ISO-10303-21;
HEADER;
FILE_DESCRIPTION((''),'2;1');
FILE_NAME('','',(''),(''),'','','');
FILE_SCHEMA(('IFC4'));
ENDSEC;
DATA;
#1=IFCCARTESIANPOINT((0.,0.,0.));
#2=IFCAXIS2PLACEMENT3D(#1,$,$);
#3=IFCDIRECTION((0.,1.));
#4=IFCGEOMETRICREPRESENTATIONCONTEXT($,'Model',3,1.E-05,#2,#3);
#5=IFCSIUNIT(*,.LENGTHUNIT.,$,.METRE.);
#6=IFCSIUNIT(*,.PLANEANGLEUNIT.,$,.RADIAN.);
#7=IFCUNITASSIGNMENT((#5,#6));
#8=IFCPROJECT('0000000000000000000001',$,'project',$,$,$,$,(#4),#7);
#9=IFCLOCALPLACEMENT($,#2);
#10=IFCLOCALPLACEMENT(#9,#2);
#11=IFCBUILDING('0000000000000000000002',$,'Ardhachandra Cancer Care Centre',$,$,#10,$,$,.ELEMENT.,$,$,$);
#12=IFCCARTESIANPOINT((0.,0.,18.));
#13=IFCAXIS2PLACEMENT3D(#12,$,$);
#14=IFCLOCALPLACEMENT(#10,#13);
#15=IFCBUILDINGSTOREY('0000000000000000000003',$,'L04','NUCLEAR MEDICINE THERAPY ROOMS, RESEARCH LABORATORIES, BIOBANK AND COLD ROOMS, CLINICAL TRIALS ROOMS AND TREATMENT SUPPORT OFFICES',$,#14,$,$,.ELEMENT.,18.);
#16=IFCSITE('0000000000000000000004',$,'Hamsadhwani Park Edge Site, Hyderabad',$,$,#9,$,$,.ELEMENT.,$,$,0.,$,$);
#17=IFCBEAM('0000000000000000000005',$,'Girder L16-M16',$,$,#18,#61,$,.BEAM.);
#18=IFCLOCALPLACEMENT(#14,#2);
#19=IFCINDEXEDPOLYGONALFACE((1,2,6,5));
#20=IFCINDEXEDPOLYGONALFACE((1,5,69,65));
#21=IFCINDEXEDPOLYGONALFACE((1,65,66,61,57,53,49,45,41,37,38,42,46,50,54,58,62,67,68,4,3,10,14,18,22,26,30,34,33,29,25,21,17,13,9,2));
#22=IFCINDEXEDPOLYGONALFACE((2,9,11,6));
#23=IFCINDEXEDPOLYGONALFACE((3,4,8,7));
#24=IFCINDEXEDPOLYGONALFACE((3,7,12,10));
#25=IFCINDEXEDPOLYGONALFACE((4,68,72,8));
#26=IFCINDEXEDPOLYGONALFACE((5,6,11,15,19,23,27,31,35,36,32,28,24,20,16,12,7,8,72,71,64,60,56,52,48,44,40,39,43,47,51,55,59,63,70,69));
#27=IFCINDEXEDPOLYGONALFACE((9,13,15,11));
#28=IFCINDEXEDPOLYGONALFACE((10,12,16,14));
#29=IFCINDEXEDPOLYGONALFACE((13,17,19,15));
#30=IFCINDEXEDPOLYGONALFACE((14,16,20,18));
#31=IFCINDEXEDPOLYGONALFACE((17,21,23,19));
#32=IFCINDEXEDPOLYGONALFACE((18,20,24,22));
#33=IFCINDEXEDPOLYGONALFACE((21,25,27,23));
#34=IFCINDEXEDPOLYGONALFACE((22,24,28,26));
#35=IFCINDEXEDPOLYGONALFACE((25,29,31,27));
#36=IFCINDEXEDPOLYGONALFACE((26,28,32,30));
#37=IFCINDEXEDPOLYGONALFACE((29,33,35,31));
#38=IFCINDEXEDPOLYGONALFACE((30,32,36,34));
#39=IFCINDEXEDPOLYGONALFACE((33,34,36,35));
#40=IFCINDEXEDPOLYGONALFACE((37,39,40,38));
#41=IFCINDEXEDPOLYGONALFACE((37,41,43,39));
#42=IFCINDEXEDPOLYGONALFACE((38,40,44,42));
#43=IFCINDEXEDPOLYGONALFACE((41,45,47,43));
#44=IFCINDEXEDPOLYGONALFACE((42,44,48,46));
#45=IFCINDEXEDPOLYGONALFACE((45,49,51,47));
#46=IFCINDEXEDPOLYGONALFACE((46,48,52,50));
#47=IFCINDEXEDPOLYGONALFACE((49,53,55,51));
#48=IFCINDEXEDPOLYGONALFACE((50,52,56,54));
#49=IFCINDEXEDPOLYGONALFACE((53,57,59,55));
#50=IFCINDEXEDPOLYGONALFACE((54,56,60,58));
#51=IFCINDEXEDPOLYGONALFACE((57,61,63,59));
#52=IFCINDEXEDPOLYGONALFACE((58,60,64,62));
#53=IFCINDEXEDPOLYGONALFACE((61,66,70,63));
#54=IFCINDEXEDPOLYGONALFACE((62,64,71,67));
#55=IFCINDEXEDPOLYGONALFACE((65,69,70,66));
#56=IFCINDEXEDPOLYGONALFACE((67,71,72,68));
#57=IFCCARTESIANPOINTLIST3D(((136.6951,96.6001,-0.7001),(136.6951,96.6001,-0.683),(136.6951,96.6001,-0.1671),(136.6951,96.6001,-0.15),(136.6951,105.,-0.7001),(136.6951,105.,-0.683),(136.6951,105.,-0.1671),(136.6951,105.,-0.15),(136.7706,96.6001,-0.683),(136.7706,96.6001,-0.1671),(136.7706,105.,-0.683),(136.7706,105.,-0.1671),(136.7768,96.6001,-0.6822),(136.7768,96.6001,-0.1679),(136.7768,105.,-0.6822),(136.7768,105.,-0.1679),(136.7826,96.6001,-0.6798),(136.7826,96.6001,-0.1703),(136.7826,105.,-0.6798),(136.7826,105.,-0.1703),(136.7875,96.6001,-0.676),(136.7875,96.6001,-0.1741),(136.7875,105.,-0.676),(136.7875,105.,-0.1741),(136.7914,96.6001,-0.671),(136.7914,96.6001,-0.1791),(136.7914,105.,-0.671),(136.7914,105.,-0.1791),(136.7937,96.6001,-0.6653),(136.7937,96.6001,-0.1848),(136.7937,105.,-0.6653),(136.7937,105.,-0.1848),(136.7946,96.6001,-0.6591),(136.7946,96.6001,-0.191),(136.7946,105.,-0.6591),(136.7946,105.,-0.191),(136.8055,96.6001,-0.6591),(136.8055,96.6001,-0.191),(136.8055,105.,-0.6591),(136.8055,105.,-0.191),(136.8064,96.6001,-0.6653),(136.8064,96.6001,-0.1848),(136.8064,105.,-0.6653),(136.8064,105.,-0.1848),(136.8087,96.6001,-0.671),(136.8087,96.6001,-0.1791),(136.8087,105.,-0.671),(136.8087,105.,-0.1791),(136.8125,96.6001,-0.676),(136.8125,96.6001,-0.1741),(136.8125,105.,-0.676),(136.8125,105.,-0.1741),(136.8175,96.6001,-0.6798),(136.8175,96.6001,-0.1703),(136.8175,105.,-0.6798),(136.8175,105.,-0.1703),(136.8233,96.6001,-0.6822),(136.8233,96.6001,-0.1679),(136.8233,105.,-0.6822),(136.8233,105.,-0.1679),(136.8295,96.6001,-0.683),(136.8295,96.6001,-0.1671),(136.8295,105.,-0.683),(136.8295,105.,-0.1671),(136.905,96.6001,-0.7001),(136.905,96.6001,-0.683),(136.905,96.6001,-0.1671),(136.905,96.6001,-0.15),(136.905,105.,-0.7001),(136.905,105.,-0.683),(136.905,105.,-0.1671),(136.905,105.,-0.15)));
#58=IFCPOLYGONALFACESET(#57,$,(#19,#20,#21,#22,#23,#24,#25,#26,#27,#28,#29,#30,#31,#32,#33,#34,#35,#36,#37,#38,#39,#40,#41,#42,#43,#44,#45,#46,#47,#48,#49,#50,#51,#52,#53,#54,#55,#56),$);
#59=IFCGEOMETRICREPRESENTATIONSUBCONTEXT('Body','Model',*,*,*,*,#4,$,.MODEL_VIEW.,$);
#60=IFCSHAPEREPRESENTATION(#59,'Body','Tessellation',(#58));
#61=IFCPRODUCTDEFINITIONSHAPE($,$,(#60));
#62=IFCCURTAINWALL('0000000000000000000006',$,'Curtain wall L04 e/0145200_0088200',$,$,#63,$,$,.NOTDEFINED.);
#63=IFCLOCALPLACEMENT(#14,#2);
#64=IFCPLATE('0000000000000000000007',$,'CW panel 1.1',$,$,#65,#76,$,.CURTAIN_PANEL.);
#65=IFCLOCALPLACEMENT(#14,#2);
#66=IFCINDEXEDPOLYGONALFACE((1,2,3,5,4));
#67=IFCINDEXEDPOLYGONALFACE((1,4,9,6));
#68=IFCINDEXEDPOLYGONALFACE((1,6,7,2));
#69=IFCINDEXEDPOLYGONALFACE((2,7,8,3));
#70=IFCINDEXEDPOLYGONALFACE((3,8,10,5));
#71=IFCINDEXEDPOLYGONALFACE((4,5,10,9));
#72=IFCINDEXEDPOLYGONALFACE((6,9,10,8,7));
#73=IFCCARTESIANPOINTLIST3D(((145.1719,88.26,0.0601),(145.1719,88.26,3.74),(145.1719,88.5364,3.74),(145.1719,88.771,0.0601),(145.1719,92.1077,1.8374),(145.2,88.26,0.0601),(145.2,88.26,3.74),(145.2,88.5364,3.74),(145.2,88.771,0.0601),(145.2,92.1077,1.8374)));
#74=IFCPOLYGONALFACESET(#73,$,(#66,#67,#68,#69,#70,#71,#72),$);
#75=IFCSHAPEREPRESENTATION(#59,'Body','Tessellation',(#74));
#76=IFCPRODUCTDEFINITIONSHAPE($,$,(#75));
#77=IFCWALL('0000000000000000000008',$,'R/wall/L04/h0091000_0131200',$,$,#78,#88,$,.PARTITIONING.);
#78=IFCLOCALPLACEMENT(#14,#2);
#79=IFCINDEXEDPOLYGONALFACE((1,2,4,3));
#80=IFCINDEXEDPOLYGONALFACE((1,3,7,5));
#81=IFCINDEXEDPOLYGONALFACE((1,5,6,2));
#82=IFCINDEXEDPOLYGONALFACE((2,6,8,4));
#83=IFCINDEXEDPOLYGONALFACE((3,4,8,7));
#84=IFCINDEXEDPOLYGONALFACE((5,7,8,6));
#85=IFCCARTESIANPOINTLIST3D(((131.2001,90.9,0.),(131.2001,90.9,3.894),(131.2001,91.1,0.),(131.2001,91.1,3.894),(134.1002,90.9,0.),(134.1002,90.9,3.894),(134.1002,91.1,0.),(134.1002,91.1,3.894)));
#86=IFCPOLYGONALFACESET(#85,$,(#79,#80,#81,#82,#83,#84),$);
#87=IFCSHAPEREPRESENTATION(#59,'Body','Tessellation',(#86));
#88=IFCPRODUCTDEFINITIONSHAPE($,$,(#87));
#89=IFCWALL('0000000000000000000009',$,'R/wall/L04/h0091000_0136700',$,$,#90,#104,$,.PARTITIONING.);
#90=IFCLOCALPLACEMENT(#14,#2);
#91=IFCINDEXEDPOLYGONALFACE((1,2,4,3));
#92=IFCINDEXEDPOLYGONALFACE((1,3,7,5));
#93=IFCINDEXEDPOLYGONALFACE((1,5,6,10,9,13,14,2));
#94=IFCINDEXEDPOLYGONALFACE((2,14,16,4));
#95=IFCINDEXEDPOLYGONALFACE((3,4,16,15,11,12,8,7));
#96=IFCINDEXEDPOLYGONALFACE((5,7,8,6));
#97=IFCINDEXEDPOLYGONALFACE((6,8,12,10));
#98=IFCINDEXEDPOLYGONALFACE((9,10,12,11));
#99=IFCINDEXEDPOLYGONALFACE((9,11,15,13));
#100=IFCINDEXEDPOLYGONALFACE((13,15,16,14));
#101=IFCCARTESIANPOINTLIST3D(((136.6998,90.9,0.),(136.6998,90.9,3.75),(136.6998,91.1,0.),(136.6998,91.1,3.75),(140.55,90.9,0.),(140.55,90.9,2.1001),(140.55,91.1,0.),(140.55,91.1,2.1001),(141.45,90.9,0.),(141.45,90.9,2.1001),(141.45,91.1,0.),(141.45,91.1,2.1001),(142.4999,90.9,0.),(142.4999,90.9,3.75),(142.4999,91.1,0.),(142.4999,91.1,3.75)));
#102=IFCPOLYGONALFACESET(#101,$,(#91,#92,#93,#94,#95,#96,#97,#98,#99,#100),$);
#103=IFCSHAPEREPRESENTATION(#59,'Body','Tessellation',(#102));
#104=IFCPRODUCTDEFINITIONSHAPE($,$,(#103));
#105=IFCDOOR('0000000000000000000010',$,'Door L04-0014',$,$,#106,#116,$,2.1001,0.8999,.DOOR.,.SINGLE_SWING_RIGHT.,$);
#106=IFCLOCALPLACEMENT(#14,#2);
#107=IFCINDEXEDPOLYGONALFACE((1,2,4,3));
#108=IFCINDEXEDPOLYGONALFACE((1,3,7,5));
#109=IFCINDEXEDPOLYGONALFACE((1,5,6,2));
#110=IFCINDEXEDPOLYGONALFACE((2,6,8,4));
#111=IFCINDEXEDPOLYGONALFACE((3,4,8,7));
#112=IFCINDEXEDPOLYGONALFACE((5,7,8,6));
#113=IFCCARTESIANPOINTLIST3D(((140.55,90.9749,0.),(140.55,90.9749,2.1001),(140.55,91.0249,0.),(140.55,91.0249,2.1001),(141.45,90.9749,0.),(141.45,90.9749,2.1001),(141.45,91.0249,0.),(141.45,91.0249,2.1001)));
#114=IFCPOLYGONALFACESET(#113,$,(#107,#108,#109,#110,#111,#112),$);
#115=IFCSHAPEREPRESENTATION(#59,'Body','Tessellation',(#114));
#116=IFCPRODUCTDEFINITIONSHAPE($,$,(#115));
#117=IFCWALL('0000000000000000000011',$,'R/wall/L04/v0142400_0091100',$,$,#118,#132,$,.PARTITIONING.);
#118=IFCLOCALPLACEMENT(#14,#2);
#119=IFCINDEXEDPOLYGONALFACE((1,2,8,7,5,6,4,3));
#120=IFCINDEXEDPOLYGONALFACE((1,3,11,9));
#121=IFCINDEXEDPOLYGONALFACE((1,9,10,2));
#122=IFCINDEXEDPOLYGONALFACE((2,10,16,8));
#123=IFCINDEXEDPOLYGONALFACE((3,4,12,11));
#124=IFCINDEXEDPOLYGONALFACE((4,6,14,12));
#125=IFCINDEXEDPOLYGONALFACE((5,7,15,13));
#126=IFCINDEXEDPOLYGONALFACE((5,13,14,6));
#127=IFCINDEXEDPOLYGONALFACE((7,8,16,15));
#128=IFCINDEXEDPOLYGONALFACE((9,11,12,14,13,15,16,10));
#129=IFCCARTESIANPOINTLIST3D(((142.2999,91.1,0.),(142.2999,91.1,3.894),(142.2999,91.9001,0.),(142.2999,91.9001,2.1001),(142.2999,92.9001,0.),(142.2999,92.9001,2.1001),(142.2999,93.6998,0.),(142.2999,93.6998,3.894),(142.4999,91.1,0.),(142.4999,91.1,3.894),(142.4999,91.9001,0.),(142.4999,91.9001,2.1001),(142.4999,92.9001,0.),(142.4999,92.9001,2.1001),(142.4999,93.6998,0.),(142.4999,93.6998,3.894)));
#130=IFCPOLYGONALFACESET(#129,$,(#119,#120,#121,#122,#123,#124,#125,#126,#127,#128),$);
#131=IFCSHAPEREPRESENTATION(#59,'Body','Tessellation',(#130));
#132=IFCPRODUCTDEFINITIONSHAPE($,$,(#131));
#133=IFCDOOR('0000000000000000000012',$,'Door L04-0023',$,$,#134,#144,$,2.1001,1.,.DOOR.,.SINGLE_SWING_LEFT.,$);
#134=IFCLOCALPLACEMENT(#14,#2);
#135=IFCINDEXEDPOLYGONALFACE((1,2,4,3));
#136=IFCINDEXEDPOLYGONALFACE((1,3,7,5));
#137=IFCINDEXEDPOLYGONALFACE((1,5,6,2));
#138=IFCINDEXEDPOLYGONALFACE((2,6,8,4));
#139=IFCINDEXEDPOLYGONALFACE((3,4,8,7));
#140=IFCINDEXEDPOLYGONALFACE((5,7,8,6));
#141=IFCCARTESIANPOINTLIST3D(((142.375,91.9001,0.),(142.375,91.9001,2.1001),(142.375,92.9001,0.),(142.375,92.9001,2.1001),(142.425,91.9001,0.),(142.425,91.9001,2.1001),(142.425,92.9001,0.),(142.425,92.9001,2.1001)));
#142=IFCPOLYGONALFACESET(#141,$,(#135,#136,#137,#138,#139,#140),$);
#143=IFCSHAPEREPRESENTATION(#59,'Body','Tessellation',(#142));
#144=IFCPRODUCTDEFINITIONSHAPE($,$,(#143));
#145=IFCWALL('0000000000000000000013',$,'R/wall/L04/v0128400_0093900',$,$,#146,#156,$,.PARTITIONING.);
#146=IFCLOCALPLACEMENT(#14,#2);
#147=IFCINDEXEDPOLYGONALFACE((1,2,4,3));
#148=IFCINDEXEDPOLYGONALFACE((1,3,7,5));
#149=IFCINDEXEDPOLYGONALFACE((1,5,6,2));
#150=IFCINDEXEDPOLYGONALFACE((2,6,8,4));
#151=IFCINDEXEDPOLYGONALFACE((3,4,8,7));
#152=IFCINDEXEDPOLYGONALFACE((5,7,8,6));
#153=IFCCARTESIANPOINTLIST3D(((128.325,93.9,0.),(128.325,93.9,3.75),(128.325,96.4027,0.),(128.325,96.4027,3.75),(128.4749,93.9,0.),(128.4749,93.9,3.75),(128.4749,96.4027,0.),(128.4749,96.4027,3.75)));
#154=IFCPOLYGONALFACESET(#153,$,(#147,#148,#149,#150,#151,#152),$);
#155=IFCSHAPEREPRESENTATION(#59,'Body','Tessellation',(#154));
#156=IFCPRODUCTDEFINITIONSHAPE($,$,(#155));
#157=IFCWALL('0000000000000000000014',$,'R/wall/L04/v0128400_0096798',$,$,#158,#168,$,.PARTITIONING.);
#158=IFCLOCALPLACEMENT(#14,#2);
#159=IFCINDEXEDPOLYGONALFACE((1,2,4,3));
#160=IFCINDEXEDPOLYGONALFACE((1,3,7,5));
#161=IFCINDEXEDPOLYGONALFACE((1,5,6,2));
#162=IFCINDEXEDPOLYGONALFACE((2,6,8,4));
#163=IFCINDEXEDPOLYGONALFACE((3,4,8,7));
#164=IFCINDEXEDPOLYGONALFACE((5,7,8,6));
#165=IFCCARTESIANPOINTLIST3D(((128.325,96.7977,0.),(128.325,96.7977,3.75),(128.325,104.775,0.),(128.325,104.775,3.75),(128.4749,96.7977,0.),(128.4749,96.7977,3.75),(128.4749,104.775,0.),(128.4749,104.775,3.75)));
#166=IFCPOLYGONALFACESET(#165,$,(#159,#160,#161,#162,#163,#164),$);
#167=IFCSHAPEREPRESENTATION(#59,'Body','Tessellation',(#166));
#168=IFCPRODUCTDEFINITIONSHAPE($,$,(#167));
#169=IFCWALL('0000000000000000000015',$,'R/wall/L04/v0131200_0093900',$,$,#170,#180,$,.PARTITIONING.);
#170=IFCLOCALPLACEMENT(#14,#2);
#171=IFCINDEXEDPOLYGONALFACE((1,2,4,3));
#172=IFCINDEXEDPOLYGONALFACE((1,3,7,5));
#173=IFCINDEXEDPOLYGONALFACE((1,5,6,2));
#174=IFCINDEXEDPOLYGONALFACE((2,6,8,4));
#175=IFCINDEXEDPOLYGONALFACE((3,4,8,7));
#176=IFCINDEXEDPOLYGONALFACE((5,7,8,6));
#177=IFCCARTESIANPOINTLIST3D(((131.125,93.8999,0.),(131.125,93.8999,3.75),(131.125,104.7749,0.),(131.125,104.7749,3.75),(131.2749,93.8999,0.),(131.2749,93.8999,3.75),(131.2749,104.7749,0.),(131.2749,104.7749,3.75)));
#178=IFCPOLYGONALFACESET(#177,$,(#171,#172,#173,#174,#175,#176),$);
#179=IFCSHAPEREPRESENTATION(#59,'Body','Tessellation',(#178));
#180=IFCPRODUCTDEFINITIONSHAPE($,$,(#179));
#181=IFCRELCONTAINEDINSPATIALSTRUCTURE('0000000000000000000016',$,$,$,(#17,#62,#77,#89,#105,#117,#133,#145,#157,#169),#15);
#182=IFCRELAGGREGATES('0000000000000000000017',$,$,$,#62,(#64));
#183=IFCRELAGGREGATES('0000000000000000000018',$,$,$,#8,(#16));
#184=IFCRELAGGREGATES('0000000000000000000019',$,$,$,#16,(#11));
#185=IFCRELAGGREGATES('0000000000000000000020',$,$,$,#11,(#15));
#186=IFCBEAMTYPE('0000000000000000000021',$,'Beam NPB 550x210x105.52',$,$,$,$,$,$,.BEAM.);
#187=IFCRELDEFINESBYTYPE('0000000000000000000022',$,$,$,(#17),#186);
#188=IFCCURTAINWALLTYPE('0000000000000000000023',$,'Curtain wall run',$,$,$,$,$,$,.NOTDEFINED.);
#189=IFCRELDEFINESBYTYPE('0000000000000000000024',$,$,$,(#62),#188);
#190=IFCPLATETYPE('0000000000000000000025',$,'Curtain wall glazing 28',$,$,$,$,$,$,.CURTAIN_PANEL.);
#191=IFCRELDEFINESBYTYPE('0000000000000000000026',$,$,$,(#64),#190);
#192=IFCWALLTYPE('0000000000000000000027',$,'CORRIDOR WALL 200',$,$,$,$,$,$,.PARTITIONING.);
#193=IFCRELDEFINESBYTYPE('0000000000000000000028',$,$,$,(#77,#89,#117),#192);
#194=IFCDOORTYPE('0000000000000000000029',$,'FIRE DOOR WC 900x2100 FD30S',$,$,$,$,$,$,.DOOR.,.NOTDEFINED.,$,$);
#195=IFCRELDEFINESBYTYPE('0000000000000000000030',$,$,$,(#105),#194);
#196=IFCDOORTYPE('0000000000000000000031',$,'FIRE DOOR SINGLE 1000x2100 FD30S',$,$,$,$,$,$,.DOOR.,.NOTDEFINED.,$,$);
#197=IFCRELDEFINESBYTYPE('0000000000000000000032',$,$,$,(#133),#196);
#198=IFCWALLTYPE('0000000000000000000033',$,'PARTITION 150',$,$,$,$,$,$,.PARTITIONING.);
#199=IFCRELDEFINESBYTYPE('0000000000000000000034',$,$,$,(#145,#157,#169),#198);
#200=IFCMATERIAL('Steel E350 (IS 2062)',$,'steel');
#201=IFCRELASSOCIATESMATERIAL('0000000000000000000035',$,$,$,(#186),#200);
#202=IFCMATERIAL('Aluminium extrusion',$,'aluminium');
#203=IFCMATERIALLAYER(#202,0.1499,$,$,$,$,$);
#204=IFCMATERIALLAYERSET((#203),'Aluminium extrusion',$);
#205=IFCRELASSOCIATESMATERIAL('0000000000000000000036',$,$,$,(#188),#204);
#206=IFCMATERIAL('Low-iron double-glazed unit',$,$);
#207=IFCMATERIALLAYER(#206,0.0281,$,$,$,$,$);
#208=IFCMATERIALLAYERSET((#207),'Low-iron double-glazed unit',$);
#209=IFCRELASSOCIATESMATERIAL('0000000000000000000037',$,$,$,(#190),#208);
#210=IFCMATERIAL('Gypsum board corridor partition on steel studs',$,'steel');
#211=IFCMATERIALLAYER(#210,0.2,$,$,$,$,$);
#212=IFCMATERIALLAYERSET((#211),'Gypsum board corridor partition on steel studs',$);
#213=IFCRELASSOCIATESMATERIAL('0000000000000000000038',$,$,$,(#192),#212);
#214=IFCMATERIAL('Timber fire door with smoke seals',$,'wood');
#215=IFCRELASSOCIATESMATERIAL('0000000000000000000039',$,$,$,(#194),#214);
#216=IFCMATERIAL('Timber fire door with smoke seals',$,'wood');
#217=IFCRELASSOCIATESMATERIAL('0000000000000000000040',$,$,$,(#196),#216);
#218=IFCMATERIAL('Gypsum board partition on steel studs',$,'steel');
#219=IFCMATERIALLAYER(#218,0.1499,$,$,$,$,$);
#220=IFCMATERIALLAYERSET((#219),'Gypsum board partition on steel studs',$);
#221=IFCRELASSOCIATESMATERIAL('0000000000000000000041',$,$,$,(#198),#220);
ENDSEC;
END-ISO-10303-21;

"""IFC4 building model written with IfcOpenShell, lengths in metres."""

from ifc_helpers import new_model, si_unit, direction, frame, frame_2d, origin, origin_2d, place, context, subcontext, project, spatial, polyline, rectangle, i_section, outline, extrude, material, layer, layer_set, material_profile, profile_set, type_object, element, fill, aggregate, save


model = new_model("IFC4")

# Units and contexts
model_context = context("Model", 3, precision=1e-05, world=origin(), true_north=direction((0.0, 1.0)))
body_context = subcontext(model_context, "Body", "Model", "MODEL_VIEW")
ifc_project = project(units=[si_unit("LENGTHUNIT", "METRE"), si_unit("PLANEANGLEUNIT", "RADIAN")], contexts=[model_context])

# Site, building, storey
site_placement = place(None, origin())
site = spatial("IfcSite", under=ifc_project, at=site_placement, Name="Hamsadhwani Park Edge Site, Hyderabad", CompositionType="ELEMENT", RefElevation=0.0)
building_placement = place(site_placement, origin())
building = spatial("IfcBuilding", under=site, at=building_placement, Name="Ardhachandra Cancer Care Centre", CompositionType="ELEMENT")
storey_placement = place(building_placement, frame((0.0, 0.0, 18.0)))
storey = spatial("IfcBuildingStorey", under=building, at=storey_placement, Name="L04", Description="NUCLEAR MEDICINE THERAPY ROOMS, RESEARCH LABORATORIES, BIOBANK AND COLD ROOMS, CLINICAL TRIALS ROOMS AND TREATMENT SUPPORT OFFICES", CompositionType="ELEMENT", Elevation=18.0)

# Beam
ifc_material_1 = material(Name="Steel E350 (IS 2062)", Category="steel")
ifc_material_profile_1 = material_profile(ifc_material_1, i_section(OverallWidth=0.21, OverallDepth=0.55, WebThickness=0.011, FlangeThickness=0.0171, FilletRadius=0.0239, at=origin_2d()), Name="NPB 550x210x105.52")
ifc_profile_set_1 = profile_set([ifc_material_profile_1], Name="Steel E350 (IS 2062)")
beam_type_1 = type_object("IfcBeamType", Name="Beam NPB 550x210x105.52", PredefinedType="BEAM", material=ifc_profile_set_1)
for number, where, z_axis, x_axis, name in (
    (1, (136.8, 96.6001, -0.425), (0.0, 1.0, 0.0), (-1.0, 0.0, 0.0), "Girder L16-M16"),
):
    element("IfcBeam", number, at=place(storey_placement, frame(where, z_axis=z_axis, x_axis=x_axis)), inside=storey, type_object=beam_type_1, Name=name, PredefinedType="BEAM", context=body_context, shape_type="SweptSolid", body=[
        extrude(i_section(OverallWidth=0.21, OverallDepth=0.55, WebThickness=0.011, FlangeThickness=0.0171, FilletRadius=0.0239, at=origin_2d()), origin(), (0.0, 0.0, 1.0), 8.3999),
    ])

# Curtain wall, plate
ifc_material_2 = material(Name="Aluminium extrusion", Category="aluminium")
ifc_layer_1 = layer(ifc_material_2, 0.1499)
ifc_layer_set_1 = layer_set([ifc_layer_1], Name="Aluminium extrusion")
curtain_wall_type = type_object("IfcCurtainWallType", Name="Curtain wall run", PredefinedType="NOTDEFINED", material=ifc_layer_set_1)
curtain_wall_placement = place(storey_placement, origin())
curtain_wall = element("IfcCurtainWall", 2, at=curtain_wall_placement, inside=storey, type_object=curtain_wall_type, Name="Curtain wall L04 e/0145200_0088200", PredefinedType="NOTDEFINED")
ifc_material_3 = material(Name="Low-iron double-glazed unit")
ifc_layer_2 = layer(ifc_material_3, 0.0281)
ifc_layer_set_2 = layer_set([ifc_layer_2], Name="Low-iron double-glazed unit")
plate_type = type_object("IfcPlateType", Name="Curtain wall glazing 28", PredefinedType="CURTAIN_PANEL", material=ifc_layer_set_2)
plate_placement = place(storey_placement, frame((145.2, 88.26, 0.0601), z_axis=(-1.0, 0.0, 0.0), x_axis=(0.0, 0.0, 1.0)))
plate = element("IfcPlate", 3, at=plate_placement, type_object=plate_type, Name="CW panel 1.1", PredefinedType="CURTAIN_PANEL", context=body_context, shape_type="SweptSolid", body=[
    extrude(outline(polyline([(0.0, 0.0), (3.6799, 0.0), (3.6799, 0.2764), (1.7773, 3.8477), (0.0, 0.511), (0.0, 0.0)])), origin(), (0.0, 0.0, 1.0), 0.0281),
])
aggregate(curtain_wall, [plate])

# Wall
ifc_material_4 = material(Name="Gypsum board corridor partition on steel studs", Category="steel")
ifc_layer_3 = layer(ifc_material_4, 0.2)
ifc_layer_set_3 = layer_set([ifc_layer_3], Name="Gypsum board corridor partition on steel studs")
wall_type_1 = type_object("IfcWallType", Name="CORRIDOR WALL 200", PredefinedType="PARTITIONING", material=ifc_layer_set_3)
wall_1_placement = place(storey_placement, frame((131.2, 91.0, 0.0), z_axis=(0.0, 0.0, 1.0), x_axis=(1.0, 0.0, 0.0)))
element("IfcWall", 4, at=wall_1_placement, inside=storey, type_object=wall_type_1, Name="R/wall/L04/h0091000_0131200", PredefinedType="PARTITIONING", context=body_context, shape_type="SweptSolid", body=[
    extrude(rectangle(XDim=2.9001, YDim=0.2, at=frame_2d((1.4502, 0.0))), origin(), (0.0, 0.0, 1.0), 3.894),
])

# Walls, openings, doors
wall_2_placement = place(storey_placement, frame((136.7, 91.0, 0.0), z_axis=(0.0, 0.0, 1.0), x_axis=(1.0, 0.0, 0.0)))
wall_2 = element("IfcWall", 5, at=wall_2_placement, inside=storey, type_object=wall_type_1, Name="R/wall/L04/h0091000_0136700", PredefinedType="PARTITIONING", context=body_context, shape_type="SweptSolid", body=[
    extrude(rectangle(XDim=5.8, YDim=0.2, at=frame_2d((2.8999, 0.0))), origin(), (0.0, 0.0, 1.0), 3.75),
])
opening_1_placement = place(wall_2_placement, frame((3.8501, 0.0, 0.0)))
opening_1 = element("IfcOpeningElement", 6, at=opening_1_placement, cuts=wall_2, PredefinedType="OPENING", context=body_context, shape_type="SweptSolid", body=[
    extrude(rectangle(XDim=0.8999, YDim=2.1001, at=frame_2d((0.45, 1.05))), frame((0.0, 0.1099, 0.0), z_axis=(0.0, -1.0, 0.0), x_axis=(1.0, 0.0, 0.0)), (0.0, 0.0, 1.0), 0.22),
])
ifc_material_5 = material(Name="Timber fire door with smoke seals", Category="wood")
door_type_1 = type_object("IfcDoorType", Name="FIRE DOOR WC 900x2100 FD30S", OperationType="NOTDEFINED", PredefinedType="DOOR", material=ifc_material_5)
door_1_placement = place(opening_1_placement, origin())
door_1 = element("IfcDoor", 7, at=door_1_placement, inside=storey, type_object=door_type_1, Name="Door L04-0014", OperationType="SINGLE_SWING_RIGHT", OverallHeight=2.1001, OverallWidth=0.8999, PredefinedType="DOOR", context=body_context, shape_type="SweptSolid", body=[
    extrude(rectangle(XDim=0.8999, YDim=2.1001, at=frame_2d((0.45, 1.05))), frame((0.0, 0.0249, 0.0), z_axis=(0.0, -1.0, 0.0), x_axis=(1.0, 0.0, 0.0)), (0.0, 0.0, 1.0), 0.05),
])
fill(opening_1, door_1)
wall_3_placement = place(storey_placement, frame((142.3999, 91.1001, 0.0), z_axis=(0.0, 0.0, 1.0), x_axis=(0.0, 1.0, 0.0)))
wall_3 = element("IfcWall", 8, at=wall_3_placement, inside=storey, type_object=wall_type_1, Name="R/wall/L04/v0142400_0091100", PredefinedType="PARTITIONING", context=body_context, shape_type="SweptSolid", body=[
    extrude(rectangle(XDim=2.5999, YDim=0.2, at=frame_2d((1.2998, 0.0))), origin(), (0.0, 0.0, 1.0), 3.894),
])
opening_2_placement = place(wall_3_placement, frame((0.8, 0.0, 0.0)))
opening_2 = element("IfcOpeningElement", 9, at=opening_2_placement, cuts=wall_3, PredefinedType="OPENING", context=body_context, shape_type="SweptSolid", body=[
    extrude(rectangle(XDim=1.0, YDim=2.1001, at=frame_2d((0.5, 1.05))), frame((0.0, 0.1099, 0.0), z_axis=(0.0, -1.0, 0.0), x_axis=(1.0, 0.0, 0.0)), (0.0, 0.0, 1.0), 0.22),
])
ifc_material_6 = material(Name="Timber fire door with smoke seals", Category="wood")
door_type_2 = type_object("IfcDoorType", Name="FIRE DOOR SINGLE 1000x2100 FD30S", OperationType="NOTDEFINED", PredefinedType="DOOR", material=ifc_material_6)
door_2_placement = place(opening_2_placement, origin())
door_2 = element("IfcDoor", 10, at=door_2_placement, inside=storey, type_object=door_type_2, Name="Door L04-0023", OperationType="SINGLE_SWING_LEFT", OverallHeight=2.1001, OverallWidth=1.0, PredefinedType="DOOR", context=body_context, shape_type="SweptSolid", body=[
    extrude(rectangle(XDim=1.0, YDim=2.1001, at=frame_2d((0.5, 1.05))), frame((0.0, 0.0249, 0.0), z_axis=(0.0, -1.0, 0.0), x_axis=(1.0, 0.0, 0.0)), (0.0, 0.0, 1.0), 0.05),
])
fill(opening_2, door_2)

# Walls
ifc_material_7 = material(Name="Gypsum board partition on steel studs", Category="steel")
ifc_layer_4 = layer(ifc_material_7, 0.1499)
ifc_layer_set_4 = layer_set([ifc_layer_4], Name="Gypsum board partition on steel studs")
wall_type_2 = type_object("IfcWallType", Name="PARTITION 150", PredefinedType="PARTITIONING", material=ifc_layer_set_4)
wall_4_placement = place(storey_placement, frame((128.3999, 93.8999, 0.0), z_axis=(0.0, 0.0, 1.0), x_axis=(0.0, 1.0, 0.0)))
element("IfcWall", 11, at=wall_4_placement, inside=storey, type_object=wall_type_2, Name="R/wall/L04/v0128400_0093900", PredefinedType="PARTITIONING", context=body_context, shape_type="SweptSolid", body=[
    extrude(rectangle(XDim=2.5027, YDim=0.1499, at=frame_2d((1.2515, 0.0))), origin(), (0.0, 0.0, 1.0), 3.75),
])
wall_5_placement = place(storey_placement, frame((128.3999, 96.7976, 0.0), z_axis=(0.0, 0.0, 1.0), x_axis=(0.0, 1.0, 0.0)))
element("IfcWall", 12, at=wall_5_placement, inside=storey, type_object=wall_type_2, Name="R/wall/L04/v0128400_0096798", PredefinedType="PARTITIONING", context=body_context, shape_type="SweptSolid", body=[
    extrude(rectangle(XDim=7.9773, YDim=0.1499, at=frame_2d((3.9888, 0.0))), origin(), (0.0, 0.0, 1.0), 3.75),
])
wall_6_placement = place(storey_placement, frame((131.2, 93.8999, 0.0), z_axis=(0.0, 0.0, 1.0), x_axis=(0.0, 1.0, 0.0)))
element("IfcWall", 13, at=wall_6_placement, inside=storey, type_object=wall_type_2, Name="R/wall/L04/v0131200_0093900", PredefinedType="PARTITIONING", context=body_context, shape_type="SweptSolid", body=[
    extrude(rectangle(XDim=10.875, YDim=0.1499, at=frame_2d((5.4375, 0.0))), origin(), (0.0, 0.0, 1.0), 3.75),
])

save(model, "model.ifc")
